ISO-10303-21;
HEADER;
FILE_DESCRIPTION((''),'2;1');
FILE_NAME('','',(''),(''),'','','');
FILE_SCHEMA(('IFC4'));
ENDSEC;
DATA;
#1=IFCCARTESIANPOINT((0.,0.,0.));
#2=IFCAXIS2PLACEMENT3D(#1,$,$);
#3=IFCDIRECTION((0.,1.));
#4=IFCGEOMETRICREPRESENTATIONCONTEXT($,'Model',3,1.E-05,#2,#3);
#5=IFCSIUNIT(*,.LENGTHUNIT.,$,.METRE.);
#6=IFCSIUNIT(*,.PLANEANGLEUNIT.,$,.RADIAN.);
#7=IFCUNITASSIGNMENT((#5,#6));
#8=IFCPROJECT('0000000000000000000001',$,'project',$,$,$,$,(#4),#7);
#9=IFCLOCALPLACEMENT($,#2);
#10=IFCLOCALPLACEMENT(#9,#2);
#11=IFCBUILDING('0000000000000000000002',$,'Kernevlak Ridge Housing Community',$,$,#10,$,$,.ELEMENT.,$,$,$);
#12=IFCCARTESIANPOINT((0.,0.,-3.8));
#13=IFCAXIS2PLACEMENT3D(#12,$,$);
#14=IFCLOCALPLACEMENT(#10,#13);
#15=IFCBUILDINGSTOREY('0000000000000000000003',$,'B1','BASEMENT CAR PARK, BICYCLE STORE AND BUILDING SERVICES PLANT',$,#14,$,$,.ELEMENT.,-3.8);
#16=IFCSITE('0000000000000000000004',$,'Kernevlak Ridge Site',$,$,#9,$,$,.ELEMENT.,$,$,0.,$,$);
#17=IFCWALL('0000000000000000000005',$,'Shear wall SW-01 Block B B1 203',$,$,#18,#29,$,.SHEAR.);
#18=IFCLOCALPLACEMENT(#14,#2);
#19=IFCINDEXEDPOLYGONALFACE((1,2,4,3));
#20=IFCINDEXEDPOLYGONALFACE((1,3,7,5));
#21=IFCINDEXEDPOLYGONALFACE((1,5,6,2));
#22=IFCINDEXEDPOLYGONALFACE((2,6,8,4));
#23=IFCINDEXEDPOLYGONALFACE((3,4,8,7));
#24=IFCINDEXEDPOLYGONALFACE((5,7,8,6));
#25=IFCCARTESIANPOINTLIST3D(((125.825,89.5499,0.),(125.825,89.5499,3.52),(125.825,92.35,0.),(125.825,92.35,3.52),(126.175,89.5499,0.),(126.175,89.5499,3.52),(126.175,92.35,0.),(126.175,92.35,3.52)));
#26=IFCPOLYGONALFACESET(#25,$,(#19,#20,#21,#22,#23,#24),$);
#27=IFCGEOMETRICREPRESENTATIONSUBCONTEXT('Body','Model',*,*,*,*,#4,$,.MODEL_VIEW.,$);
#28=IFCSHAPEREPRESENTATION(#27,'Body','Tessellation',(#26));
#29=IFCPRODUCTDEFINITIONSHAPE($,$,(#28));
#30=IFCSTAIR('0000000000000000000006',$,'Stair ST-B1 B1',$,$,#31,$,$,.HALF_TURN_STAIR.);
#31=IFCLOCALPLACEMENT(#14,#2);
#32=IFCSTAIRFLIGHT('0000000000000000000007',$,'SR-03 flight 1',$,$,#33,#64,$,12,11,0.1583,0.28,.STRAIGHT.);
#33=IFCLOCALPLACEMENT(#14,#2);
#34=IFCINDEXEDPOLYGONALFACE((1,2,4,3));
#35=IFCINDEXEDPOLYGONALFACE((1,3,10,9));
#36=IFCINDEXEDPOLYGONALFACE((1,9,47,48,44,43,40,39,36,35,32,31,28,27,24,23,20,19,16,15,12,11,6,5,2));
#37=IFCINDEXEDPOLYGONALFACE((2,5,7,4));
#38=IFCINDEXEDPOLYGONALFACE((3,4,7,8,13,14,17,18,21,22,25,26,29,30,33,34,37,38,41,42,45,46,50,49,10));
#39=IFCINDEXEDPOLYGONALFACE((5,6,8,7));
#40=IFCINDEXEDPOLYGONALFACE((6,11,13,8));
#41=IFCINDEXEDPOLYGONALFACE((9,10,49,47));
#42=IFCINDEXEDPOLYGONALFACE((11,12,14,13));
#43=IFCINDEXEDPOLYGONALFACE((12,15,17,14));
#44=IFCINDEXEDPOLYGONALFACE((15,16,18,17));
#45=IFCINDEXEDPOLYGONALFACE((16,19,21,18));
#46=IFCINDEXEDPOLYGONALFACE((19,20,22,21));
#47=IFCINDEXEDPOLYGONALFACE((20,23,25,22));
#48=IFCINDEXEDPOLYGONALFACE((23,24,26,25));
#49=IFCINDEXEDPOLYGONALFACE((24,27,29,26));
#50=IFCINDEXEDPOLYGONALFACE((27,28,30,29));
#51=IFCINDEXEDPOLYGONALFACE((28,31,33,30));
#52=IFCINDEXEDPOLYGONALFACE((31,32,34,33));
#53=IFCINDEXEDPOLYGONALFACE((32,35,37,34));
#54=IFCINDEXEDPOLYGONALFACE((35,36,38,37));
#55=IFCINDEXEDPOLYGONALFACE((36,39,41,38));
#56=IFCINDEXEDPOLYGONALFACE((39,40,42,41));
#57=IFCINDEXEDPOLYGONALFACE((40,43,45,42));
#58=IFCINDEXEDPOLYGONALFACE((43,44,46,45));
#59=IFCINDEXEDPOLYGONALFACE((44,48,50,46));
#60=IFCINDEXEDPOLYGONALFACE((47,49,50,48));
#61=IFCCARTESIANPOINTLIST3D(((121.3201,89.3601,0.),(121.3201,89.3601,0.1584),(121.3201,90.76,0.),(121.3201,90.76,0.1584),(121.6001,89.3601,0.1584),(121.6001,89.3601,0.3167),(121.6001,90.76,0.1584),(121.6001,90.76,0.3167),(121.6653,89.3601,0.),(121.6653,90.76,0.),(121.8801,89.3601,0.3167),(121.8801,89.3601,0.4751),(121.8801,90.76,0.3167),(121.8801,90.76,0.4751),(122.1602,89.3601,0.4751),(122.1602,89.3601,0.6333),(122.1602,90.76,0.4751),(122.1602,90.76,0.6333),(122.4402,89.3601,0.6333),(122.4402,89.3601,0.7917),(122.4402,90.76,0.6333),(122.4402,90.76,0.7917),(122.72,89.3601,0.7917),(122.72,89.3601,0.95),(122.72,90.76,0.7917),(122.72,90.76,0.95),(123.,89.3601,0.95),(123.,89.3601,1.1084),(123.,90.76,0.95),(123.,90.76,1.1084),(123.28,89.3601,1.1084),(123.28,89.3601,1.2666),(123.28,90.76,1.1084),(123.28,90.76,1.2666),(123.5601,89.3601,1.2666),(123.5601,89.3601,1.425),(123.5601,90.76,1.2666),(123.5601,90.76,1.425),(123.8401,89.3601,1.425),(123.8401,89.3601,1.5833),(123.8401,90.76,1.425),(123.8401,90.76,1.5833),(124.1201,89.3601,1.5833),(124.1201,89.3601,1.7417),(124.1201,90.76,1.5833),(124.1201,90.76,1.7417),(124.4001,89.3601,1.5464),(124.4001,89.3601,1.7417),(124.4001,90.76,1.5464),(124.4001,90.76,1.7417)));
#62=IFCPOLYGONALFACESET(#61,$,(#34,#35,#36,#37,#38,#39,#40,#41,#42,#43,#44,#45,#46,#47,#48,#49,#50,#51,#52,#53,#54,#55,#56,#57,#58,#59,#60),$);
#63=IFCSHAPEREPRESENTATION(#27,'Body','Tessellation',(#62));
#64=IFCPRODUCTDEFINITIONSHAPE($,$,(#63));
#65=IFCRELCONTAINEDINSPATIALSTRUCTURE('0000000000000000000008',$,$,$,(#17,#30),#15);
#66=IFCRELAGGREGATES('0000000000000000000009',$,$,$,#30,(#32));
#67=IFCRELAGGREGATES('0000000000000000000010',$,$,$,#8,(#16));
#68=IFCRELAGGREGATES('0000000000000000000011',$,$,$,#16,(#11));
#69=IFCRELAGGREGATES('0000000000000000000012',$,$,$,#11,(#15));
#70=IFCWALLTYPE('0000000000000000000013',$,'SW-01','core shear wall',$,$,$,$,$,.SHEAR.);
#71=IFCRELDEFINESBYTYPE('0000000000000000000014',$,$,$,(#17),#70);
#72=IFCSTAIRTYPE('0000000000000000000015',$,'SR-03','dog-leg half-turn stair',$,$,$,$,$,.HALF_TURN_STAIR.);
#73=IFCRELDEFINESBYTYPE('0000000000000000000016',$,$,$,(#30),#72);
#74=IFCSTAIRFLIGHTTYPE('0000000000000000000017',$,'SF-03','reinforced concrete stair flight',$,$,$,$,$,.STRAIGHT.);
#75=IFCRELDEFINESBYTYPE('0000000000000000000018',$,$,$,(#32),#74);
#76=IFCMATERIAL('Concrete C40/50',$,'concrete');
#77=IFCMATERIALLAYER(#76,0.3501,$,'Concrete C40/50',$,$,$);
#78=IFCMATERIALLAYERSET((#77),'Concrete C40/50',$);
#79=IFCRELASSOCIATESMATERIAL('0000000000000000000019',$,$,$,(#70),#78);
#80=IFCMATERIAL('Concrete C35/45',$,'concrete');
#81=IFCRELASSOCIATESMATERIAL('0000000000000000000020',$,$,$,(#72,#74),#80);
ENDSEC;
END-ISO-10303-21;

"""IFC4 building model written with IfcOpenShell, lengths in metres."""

from ifc_helpers import new_model, si_unit, direction, frame, frame_2d, origin, place, context, subcontext, project, spatial, polyline, rectangle, outline, extrude, material, layer, layer_set, type_object, element, aggregate, save


model = new_model("IFC4")

# Units and contexts
model_context = context("Model", 3, precision=1e-05, world=origin(), true_north=direction((0.0, 1.0)))
body_context = subcontext(model_context, "Body", "Model", "MODEL_VIEW")
ifc_project = project(units=[si_unit("LENGTHUNIT", "METRE"), si_unit("PLANEANGLEUNIT", "RADIAN")], contexts=[model_context])

# Site, building, storey
site_placement = place(None, origin())
site = spatial("IfcSite", under=ifc_project, at=site_placement, Name="Kernevlak Ridge Site", CompositionType="ELEMENT", RefElevation=0.0)
building_placement = place(site_placement, origin())
building = spatial("IfcBuilding", under=site, at=building_placement, Name="Kernevlak Ridge Housing Community", CompositionType="ELEMENT")
storey_placement = place(building_placement, frame((0.0, 0.0, -3.8)))
storey = spatial("IfcBuildingStorey", under=building, at=storey_placement, Name="B1", Description="BASEMENT CAR PARK, BICYCLE STORE AND BUILDING SERVICES PLANT", CompositionType="ELEMENT", Elevation=-3.8)

# Shared definitions
ifc_material_1 = material(Name="Concrete C35/45", Category="concrete")

# Shared definitions
ifc_material_2 = material(Name="Concrete C40/50", Category="concrete")

# Wall
ifc_layer_1 = layer(ifc_material_2, 0.3501, Name="Concrete C40/50")
ifc_layer_set_1 = layer_set([ifc_layer_1], Name="Concrete C40/50")
wall_type_1 = type_object("IfcWallType", Name="SW-01", Description="core shear wall", PredefinedType="SHEAR", material=ifc_layer_set_1)
wall_1_placement = place(storey_placement, frame((126.0, 89.55, 0.0), z_axis=(0.0, 0.0, 1.0), x_axis=(0.0, 1.0, 0.0)))
element("IfcWall", 1, at=wall_1_placement, inside=storey, type_object=wall_type_1, Name="Shear wall SW-01 Block B B1 203", PredefinedType="SHEAR", context=body_context, shape_type="SweptSolid", body=[
    extrude(rectangle(XDim=2.8, YDim=0.3501, at=frame_2d((1.3999, 0.0))), origin(), (0.0, 0.0, 1.0), 3.52),
])

# Stair, stair flight
stair_type = type_object("IfcStairType", Name="SR-03", Description="dog-leg half-turn stair", PredefinedType="HALF_TURN_STAIR", material=ifc_material_1)
stair_placement = place(storey_placement, origin())
stair = element("IfcStair", 2, at=stair_placement, inside=storey, type_object=stair_type, Name="Stair ST-B1 B1", PredefinedType="HALF_TURN_STAIR")
stair_flight_type = type_object("IfcStairFlightType", Name="SF-03", Description="reinforced concrete stair flight", PredefinedType="STRAIGHT", material=ifc_material_1)
stair_flight_placement = place(storey_placement, frame((121.3201, 90.0601, 0.0), z_axis=(0.0, 0.0, 1.0), x_axis=(1.0, 0.0, 0.0)))
stair_flight = element("IfcStairFlight", 3, at=stair_flight_placement, type_object=stair_flight_type, Name="SR-03 flight 1", NumberOfRisers=12, NumberOfTreads=11, PredefinedType="STRAIGHT", RiserHeight=0.1583, TreadLength=0.28, context=body_context, shape_type="SweptSolid", body=[
    extrude(outline(polyline([(0.0, 0.0), (0.0, 0.1584), (0.28, 0.1584), (0.28, 0.3167), (0.5601, 0.3167), (0.5601, 0.4751), (0.8401, 0.4751), (0.8401, 0.6333), (1.1201, 0.6333), (1.1201, 0.7917), (1.3999, 0.7917), (1.3999, 0.95), (1.6799, 0.95), (1.6799, 1.1084), (1.96, 1.1084), (1.96, 1.2666), (2.24, 1.2666), (2.24, 1.425), (2.52, 1.425), (2.52, 1.5833), (2.8, 1.5833), (2.8, 1.7417), (3.0801, 1.7417), (3.0801, 1.8999), (3.0801, 1.5464), (0.3452, 0.0), (0.0, 0.0)])), frame((0.0, 0.7, 0.0), z_axis=(0.0, -1.0, 0.0), x_axis=(1.0, 0.0, 0.0)), (0.0, 0.0, 1.0), 1.3999),
])
aggregate(stair, [stair_flight])

save(model, "model.ifc")
